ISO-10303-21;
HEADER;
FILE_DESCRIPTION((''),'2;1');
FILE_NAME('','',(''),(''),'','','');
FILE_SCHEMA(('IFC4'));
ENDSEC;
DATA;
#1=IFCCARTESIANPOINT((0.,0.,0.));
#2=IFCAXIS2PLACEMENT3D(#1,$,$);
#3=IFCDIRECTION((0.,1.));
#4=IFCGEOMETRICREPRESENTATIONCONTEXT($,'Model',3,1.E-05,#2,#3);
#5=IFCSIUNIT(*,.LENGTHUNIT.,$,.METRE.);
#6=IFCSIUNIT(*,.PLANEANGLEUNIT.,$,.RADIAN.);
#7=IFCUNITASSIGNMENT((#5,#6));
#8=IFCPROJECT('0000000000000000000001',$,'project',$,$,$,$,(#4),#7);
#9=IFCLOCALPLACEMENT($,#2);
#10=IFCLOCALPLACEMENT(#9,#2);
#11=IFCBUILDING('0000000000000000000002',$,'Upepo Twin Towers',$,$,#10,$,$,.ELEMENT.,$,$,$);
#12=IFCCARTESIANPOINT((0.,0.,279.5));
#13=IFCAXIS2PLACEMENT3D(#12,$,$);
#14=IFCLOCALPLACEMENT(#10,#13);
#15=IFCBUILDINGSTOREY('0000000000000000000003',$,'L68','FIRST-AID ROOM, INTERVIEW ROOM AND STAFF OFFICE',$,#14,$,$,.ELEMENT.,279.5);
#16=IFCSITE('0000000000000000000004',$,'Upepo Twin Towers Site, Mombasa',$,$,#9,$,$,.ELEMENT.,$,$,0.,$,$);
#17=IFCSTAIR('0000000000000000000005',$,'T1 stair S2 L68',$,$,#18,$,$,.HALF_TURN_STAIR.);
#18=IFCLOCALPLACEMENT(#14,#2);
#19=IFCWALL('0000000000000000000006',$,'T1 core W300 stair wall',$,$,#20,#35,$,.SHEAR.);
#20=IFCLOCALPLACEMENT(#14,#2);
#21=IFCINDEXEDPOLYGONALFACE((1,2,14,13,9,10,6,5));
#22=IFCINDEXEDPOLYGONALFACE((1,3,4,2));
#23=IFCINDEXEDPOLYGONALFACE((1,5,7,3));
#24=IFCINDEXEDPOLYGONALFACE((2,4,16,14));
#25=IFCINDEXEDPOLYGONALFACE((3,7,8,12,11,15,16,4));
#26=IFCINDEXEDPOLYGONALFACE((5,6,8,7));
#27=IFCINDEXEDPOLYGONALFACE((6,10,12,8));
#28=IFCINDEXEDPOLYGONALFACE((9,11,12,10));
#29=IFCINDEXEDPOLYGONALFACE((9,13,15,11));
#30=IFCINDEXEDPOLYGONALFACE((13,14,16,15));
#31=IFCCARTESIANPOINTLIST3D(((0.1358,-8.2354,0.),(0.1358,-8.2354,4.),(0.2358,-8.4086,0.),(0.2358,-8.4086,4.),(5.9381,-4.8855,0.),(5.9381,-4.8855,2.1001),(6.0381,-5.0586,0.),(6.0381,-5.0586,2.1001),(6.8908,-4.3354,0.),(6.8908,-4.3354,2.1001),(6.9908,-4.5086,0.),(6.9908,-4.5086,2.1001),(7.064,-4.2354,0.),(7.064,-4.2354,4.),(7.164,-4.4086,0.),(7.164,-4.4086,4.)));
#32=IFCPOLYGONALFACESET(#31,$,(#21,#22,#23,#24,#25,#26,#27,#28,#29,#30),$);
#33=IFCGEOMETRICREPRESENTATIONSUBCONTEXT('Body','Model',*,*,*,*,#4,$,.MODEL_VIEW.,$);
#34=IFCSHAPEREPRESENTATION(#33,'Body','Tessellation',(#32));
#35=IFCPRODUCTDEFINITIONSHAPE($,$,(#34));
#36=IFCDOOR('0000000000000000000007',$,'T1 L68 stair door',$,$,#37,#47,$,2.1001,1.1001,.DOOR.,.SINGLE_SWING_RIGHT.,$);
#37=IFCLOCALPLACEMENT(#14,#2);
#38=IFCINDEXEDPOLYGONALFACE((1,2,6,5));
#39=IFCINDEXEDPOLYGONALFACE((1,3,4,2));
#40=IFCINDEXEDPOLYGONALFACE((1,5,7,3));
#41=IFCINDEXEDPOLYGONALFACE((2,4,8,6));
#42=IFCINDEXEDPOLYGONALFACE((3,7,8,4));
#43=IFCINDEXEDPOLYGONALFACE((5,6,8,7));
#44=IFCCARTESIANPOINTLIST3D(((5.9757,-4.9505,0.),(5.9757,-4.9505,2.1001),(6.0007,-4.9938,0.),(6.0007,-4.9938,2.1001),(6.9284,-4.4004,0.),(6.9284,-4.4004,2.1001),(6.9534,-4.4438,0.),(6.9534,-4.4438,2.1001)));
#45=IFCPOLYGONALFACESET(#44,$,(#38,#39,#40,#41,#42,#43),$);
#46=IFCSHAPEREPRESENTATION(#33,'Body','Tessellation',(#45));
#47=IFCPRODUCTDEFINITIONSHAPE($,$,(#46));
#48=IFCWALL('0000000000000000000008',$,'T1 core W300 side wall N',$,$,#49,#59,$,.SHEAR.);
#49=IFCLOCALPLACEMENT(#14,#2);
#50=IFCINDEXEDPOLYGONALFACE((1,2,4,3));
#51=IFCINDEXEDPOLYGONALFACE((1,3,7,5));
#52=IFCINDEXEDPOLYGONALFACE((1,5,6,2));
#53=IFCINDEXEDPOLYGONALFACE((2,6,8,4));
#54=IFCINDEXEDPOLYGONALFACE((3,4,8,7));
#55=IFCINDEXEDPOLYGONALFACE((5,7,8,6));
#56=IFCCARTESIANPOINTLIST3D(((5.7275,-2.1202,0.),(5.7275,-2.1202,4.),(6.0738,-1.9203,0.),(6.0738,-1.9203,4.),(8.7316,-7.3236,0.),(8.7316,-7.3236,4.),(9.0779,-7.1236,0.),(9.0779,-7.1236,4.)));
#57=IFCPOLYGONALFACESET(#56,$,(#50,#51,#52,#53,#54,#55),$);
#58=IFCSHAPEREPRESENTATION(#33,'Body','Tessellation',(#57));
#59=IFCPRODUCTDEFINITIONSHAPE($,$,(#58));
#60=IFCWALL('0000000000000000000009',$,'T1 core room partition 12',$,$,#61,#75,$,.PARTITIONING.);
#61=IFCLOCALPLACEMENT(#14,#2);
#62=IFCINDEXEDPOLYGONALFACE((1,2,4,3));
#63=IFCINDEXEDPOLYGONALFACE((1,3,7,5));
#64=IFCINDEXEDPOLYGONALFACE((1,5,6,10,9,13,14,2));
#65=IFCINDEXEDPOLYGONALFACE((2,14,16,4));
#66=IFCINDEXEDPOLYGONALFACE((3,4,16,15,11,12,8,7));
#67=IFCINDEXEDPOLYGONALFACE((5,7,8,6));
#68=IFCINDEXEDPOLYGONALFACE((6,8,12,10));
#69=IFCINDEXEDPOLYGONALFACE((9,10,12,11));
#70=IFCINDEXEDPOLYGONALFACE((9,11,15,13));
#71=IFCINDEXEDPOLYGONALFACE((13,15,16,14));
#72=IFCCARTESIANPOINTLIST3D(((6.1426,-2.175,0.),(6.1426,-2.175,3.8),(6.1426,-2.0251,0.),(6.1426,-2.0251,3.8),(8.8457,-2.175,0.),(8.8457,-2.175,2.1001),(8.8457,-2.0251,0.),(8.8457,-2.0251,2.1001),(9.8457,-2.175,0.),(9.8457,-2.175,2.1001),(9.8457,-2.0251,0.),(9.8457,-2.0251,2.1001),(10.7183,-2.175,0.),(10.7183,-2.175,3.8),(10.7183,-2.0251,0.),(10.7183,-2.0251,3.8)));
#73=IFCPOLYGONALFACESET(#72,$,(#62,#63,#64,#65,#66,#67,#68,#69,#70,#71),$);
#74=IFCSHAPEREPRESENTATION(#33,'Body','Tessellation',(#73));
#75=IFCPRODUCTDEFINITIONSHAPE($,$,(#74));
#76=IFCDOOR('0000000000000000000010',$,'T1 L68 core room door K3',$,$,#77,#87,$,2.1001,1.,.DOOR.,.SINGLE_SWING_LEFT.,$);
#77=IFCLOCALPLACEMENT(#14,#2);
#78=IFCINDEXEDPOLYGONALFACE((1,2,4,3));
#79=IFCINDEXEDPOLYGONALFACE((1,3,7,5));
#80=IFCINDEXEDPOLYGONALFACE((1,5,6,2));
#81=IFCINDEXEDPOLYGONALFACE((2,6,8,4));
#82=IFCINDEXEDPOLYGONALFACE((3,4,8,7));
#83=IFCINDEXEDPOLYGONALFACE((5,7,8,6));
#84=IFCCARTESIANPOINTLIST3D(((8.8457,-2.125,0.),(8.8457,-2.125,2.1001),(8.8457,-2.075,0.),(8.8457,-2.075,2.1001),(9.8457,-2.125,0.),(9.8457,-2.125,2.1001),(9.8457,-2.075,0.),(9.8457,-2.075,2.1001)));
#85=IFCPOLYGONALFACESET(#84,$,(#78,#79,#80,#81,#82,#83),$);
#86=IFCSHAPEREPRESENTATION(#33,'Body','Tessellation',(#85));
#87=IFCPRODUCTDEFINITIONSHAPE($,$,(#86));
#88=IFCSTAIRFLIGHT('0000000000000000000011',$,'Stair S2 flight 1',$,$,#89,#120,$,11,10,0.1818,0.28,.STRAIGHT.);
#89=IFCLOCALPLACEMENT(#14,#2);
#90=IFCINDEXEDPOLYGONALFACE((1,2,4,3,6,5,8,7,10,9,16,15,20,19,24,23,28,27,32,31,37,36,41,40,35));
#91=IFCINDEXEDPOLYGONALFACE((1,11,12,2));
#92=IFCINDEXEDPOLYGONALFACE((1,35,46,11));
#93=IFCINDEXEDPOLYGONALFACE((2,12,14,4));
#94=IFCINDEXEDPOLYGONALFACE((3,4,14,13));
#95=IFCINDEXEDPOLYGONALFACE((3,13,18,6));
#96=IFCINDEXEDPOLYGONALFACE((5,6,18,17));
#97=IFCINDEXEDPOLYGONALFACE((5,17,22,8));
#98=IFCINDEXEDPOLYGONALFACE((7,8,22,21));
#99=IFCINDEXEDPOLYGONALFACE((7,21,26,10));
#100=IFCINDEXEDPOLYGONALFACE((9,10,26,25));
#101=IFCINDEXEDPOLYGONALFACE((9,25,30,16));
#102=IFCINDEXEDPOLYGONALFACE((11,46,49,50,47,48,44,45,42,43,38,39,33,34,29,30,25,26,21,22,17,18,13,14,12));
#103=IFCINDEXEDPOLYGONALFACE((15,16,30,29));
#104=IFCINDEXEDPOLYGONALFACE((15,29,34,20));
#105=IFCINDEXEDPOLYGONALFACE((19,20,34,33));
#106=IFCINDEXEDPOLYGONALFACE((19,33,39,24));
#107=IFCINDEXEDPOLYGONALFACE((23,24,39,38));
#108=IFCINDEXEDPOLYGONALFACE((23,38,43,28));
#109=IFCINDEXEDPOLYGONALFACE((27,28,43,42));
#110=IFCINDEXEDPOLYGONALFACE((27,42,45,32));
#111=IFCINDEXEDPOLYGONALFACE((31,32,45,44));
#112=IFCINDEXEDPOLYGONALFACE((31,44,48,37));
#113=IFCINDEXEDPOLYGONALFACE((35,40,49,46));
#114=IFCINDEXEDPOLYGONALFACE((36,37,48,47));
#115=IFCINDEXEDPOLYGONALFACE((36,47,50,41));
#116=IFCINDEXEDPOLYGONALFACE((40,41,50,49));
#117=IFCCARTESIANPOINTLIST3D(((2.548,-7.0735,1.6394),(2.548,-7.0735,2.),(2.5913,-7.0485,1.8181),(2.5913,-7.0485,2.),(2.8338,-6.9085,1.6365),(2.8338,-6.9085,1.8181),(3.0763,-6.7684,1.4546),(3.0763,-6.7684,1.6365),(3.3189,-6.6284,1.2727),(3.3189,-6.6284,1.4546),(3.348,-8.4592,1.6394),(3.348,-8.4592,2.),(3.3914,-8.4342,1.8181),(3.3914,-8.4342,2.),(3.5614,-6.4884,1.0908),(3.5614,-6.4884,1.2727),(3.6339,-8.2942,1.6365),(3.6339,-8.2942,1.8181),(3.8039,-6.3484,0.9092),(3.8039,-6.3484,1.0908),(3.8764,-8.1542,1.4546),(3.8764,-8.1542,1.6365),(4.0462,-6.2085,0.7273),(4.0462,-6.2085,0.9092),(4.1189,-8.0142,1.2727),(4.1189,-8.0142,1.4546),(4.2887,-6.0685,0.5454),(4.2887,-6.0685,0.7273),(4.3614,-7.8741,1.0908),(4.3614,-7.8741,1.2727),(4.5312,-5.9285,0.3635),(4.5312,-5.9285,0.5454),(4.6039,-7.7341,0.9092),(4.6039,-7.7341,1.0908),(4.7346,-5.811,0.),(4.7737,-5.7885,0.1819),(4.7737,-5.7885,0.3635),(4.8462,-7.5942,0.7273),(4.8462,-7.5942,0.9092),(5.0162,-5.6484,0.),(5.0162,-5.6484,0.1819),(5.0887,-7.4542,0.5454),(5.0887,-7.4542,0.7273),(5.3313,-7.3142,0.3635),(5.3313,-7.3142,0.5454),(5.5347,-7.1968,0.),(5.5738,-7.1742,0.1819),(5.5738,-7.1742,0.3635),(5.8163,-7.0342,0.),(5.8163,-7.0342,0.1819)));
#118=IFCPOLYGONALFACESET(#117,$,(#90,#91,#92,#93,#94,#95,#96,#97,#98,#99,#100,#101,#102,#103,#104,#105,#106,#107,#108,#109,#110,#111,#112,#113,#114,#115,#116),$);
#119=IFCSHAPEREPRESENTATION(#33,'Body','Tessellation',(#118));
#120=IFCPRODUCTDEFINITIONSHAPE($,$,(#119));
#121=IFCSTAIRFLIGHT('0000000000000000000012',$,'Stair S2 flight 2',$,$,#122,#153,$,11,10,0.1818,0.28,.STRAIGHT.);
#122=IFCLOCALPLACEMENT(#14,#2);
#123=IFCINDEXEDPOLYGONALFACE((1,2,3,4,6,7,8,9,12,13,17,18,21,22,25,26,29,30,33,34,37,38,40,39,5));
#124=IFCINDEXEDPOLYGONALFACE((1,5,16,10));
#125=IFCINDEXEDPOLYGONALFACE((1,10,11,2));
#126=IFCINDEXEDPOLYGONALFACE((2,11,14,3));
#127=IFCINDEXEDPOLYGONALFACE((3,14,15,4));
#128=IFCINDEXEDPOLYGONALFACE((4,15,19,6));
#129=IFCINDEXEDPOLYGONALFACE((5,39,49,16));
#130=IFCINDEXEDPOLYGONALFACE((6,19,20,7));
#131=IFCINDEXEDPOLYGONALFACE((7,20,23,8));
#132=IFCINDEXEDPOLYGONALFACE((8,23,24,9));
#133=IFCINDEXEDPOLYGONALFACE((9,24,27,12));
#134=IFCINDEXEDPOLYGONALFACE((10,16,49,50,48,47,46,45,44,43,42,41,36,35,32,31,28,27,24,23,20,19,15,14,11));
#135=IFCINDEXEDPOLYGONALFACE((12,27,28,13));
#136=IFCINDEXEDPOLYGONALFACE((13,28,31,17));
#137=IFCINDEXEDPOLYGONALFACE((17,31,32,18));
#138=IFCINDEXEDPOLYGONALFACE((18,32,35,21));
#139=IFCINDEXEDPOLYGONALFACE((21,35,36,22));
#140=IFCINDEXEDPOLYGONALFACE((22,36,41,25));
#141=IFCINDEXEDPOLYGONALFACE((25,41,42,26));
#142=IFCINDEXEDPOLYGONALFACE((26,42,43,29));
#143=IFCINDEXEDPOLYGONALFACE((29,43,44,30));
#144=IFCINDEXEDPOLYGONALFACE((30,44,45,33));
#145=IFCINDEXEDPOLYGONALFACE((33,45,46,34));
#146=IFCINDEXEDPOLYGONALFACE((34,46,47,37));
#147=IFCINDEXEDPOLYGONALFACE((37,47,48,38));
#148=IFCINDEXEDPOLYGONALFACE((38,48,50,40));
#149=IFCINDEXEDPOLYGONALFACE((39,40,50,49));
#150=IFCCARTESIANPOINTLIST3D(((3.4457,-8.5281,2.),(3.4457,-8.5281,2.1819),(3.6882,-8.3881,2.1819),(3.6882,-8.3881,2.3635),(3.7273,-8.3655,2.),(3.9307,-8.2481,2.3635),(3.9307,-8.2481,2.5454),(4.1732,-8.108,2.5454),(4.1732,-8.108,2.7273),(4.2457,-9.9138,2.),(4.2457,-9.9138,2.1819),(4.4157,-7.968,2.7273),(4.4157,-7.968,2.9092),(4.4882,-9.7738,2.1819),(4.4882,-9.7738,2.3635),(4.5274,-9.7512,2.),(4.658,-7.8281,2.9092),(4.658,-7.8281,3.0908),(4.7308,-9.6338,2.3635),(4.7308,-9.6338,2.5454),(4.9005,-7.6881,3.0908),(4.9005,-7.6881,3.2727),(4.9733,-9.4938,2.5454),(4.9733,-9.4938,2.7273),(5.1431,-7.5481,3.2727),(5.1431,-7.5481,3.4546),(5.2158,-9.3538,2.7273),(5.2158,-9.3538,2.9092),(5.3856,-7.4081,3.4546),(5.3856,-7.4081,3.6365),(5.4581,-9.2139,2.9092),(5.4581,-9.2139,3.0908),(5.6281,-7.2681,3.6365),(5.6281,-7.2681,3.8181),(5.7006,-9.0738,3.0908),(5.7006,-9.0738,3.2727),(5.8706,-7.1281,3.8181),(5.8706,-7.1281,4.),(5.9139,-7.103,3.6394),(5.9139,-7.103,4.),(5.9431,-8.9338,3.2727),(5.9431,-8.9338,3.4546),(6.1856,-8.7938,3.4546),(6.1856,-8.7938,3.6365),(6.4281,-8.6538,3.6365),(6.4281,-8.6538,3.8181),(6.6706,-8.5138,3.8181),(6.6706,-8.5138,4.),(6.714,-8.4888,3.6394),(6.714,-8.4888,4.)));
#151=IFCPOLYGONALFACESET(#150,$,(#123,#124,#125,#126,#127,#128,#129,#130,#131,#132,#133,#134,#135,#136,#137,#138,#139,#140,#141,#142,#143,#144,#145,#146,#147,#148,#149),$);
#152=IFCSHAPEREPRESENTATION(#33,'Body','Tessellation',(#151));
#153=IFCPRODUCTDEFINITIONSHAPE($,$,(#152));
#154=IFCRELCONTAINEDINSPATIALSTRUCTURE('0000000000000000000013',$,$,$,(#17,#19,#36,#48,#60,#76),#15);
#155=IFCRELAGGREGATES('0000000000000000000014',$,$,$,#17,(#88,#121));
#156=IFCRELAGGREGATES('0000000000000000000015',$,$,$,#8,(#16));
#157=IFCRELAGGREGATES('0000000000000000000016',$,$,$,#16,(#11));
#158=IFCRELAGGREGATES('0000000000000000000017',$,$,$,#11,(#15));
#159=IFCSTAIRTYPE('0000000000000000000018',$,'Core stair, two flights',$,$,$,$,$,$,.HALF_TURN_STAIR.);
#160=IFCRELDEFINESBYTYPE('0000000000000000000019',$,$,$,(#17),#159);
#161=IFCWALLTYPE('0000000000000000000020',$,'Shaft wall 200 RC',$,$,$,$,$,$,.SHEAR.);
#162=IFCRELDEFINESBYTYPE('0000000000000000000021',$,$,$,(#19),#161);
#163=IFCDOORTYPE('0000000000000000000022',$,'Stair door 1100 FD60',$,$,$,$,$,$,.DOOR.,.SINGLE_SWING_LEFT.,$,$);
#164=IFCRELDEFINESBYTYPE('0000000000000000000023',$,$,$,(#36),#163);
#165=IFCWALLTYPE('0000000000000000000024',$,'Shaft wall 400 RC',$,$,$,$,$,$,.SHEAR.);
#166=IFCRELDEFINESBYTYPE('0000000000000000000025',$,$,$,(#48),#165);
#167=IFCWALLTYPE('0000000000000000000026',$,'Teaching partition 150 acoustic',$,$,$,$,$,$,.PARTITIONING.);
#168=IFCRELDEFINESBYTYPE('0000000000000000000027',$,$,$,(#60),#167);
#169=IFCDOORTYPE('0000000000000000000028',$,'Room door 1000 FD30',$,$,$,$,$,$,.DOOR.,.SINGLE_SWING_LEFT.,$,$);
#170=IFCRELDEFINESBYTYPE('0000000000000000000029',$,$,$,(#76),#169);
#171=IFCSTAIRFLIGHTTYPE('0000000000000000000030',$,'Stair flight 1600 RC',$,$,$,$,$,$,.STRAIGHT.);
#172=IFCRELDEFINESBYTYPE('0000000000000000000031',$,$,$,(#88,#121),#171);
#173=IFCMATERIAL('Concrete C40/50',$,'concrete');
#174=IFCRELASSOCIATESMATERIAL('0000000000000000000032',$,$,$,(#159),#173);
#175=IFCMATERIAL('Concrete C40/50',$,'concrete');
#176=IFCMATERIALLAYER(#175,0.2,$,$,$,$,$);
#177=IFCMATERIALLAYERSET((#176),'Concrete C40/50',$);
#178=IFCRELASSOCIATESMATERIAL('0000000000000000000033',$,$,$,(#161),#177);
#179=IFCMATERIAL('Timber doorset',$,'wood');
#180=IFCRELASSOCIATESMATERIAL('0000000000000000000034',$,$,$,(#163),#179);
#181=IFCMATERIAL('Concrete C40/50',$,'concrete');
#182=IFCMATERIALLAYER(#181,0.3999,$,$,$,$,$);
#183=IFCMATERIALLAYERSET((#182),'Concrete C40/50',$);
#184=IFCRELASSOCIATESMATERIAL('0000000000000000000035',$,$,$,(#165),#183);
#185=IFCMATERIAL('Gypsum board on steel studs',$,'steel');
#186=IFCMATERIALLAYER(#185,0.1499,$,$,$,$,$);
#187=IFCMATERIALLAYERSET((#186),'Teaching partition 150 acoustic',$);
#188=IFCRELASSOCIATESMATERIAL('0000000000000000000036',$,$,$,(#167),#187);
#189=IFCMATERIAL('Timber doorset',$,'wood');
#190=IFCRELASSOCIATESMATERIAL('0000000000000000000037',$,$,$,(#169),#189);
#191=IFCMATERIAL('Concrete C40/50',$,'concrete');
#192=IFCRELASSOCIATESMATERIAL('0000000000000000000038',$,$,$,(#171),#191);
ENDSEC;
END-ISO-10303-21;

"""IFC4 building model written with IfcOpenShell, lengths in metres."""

from ifc_helpers import new_model, si_unit, direction, frame, frame_2d, origin, place, context, subcontext, project, spatial, polyline, rectangle, outline, extrude, material, layer, layer_set, type_object, element, fill, aggregate, save


model = new_model("IFC4")

# Units and contexts
model_context = context("Model", 3, precision=1e-05, world=origin(), true_north=direction((0.0, 1.0)))
body_context = subcontext(model_context, "Body", "Model", "MODEL_VIEW")
ifc_project = project(units=[si_unit("LENGTHUNIT", "METRE"), si_unit("PLANEANGLEUNIT", "RADIAN")], contexts=[model_context])

# Site, building, storey
site_placement = place(None, origin())
site = spatial("IfcSite", under=ifc_project, at=site_placement, Name="Upepo Twin Towers Site, Mombasa", CompositionType="ELEMENT", RefElevation=0.0)
building_placement = place(site_placement, origin())
building = spatial("IfcBuilding", under=site, at=building_placement, Name="Upepo Twin Towers", CompositionType="ELEMENT")
storey_placement = place(building_placement, frame((0.0, 0.0, 279.5)))
storey = spatial("IfcBuildingStorey", under=building, at=storey_placement, Name="L68", Description="FIRST-AID ROOM, INTERVIEW ROOM AND STAFF OFFICE", CompositionType="ELEMENT", Elevation=279.5)

# Shared definitions
ifc_material_1 = material(Name="Concrete C40/50", Category="concrete")
stair_type = type_object("IfcStairType", Name="Core stair, two flights", PredefinedType="HALF_TURN_STAIR", material=ifc_material_1)

# Stair
stair_1_placement = place(storey_placement, origin())
stair_1 = element("IfcStair", 1, at=stair_1_placement, inside=storey, type_object=stair_type, Name="T1 stair S2 L68", PredefinedType="HALF_TURN_STAIR")

# Shared definitions
ifc_material_2 = material(Name="Concrete C40/50", Category="concrete")
ifc_layer_1 = layer(ifc_material_2, 0.2)
ifc_layer_set_1 = layer_set([ifc_layer_1], Name="Concrete C40/50")
wall_type_1 = type_object("IfcWallType", Name="Shaft wall 200 RC", PredefinedType="SHEAR", material=ifc_layer_set_1)

# Wall, opening, door
wall_1_placement = place(storey_placement, frame((0.1858, -8.322, 0.0), z_axis=(0.0, 0.0, 1.0), x_axis=(0.866026, 0.499999, 0.0)))
wall_1 = element("IfcWall", 2, at=wall_1_placement, inside=storey, type_object=wall_type_1, Name="T1 core W300 stair wall", PredefinedType="SHEAR", context=body_context, shape_type="SweptSolid", body=[
    extrude(rectangle(XDim=8.0, YDim=0.2, at=frame_2d((4.0, 0.0))), origin(), (0.0, 0.0, 1.0), 4.0),
])
opening_1_placement = place(wall_1_placement, frame((6.7, 0.0, 0.0)))
opening_1 = element("IfcOpeningElement", 3, at=opening_1_placement, cuts=wall_1, PredefinedType="OPENING", context=body_context, shape_type="SweptSolid", body=[
    extrude(rectangle(XDim=1.1001, YDim=2.1001, at=frame_2d((0.55, 1.05))), frame((0.0, 0.1099, 0.0), z_axis=(0.0, -1.0, 0.0), x_axis=(1.0, 0.0, 0.0)), (0.0, 0.0, 1.0), 0.22),
])
ifc_material_3 = material(Name="Timber doorset", Category="wood")
door_type_1 = type_object("IfcDoorType", Name="Stair door 1100 FD60", OperationType="SINGLE_SWING_LEFT", PredefinedType="DOOR", material=ifc_material_3)
door_1_placement = place(opening_1_placement, origin())
door_1 = element("IfcDoor", 4, at=door_1_placement, inside=storey, type_object=door_type_1, Name="T1 L68 stair door", OperationType="SINGLE_SWING_RIGHT", OverallHeight=2.1001, OverallWidth=1.1001, PredefinedType="DOOR", context=body_context, shape_type="SweptSolid", body=[
    extrude(rectangle(XDim=1.1001, YDim=2.1001, at=frame_2d((0.55, 1.05))), frame((0.0, 0.0249, 0.0), z_axis=(0.0, -1.0, 0.0), x_axis=(1.0, 0.0, 0.0)), (0.0, 0.0, 1.0), 0.05),
])
fill(opening_1, door_1)

# Wall
ifc_material_4 = material(Name="Concrete C40/50", Category="concrete")
ifc_layer_2 = layer(ifc_material_4, 0.3999)
ifc_layer_set_2 = layer_set([ifc_layer_2], Name="Concrete C40/50")
wall_type_2 = type_object("IfcWallType", Name="Shaft wall 400 RC", PredefinedType="SHEAR", material=ifc_layer_set_2)
wall_2_placement = place(storey_placement, frame((5.9006, -2.0203, 0.0), z_axis=(0.0, 0.0, 1.0), x_axis=(0.499998, -0.866027, 0.0)))
element("IfcWall", 5, at=wall_2_placement, inside=storey, type_object=wall_type_2, Name="T1 core W300 side wall N", PredefinedType="SHEAR", context=body_context, shape_type="SweptSolid", body=[
    extrude(rectangle(XDim=6.0083, YDim=0.3999, at=frame_2d((3.0042, 0.0))), origin(), (0.0, 0.0, 1.0), 4.0),
])

# Wall, opening, door
ifc_material_5 = material(Name="Gypsum board on steel studs", Category="steel")
ifc_layer_3 = layer(ifc_material_5, 0.1499)
ifc_layer_set_3 = layer_set([ifc_layer_3], Name="Teaching partition 150 acoustic")
wall_type_3 = type_object("IfcWallType", Name="Teaching partition 150 acoustic", PredefinedType="PARTITIONING", material=ifc_layer_set_3)
wall_3_placement = place(storey_placement, frame((10.7183, -2.1001, 0.0), z_axis=(0.0, 0.0, 1.0), x_axis=(-1.0, 0.0, 0.0)))
wall_3 = element("IfcWall", 6, at=wall_3_placement, inside=storey, type_object=wall_type_3, Name="T1 core room partition 12", PredefinedType="PARTITIONING", context=body_context, shape_type="SweptSolid", body=[
    extrude(rectangle(XDim=4.5757, YDim=0.1499, at=frame_2d((2.2878, 0.0))), origin(), (0.0, 0.0, 1.0), 3.8),
])
opening_2_placement = place(wall_3_placement, frame((0.8726, 0.0, 0.0)))
opening_2 = element("IfcOpeningElement", 7, at=opening_2_placement, cuts=wall_3, PredefinedType="OPENING", context=body_context, shape_type="SweptSolid", body=[
    extrude(rectangle(XDim=1.0, YDim=2.1001, at=frame_2d((0.5, 1.05))), frame((0.0, 0.085, 0.0), z_axis=(0.0, -1.0, 0.0), x_axis=(1.0, 0.0, 0.0)), (0.0, 0.0, 1.0), 0.1699),
])
ifc_material_6 = material(Name="Timber doorset", Category="wood")
door_type_2 = type_object("IfcDoorType", Name="Room door 1000 FD30", OperationType="SINGLE_SWING_LEFT", PredefinedType="DOOR", material=ifc_material_6)
door_2_placement = place(opening_2_placement, origin())
door_2 = element("IfcDoor", 8, at=door_2_placement, inside=storey, type_object=door_type_2, Name="T1 L68 core room door K3", OperationType="SINGLE_SWING_LEFT", OverallHeight=2.1001, OverallWidth=1.0, PredefinedType="DOOR", context=body_context, shape_type="SweptSolid", body=[
    extrude(rectangle(XDim=1.0, YDim=2.1001, at=frame_2d((0.5, 1.05))), frame((0.0, 0.0249, 0.0), z_axis=(0.0, -1.0, 0.0), x_axis=(1.0, 0.0, 0.0)), (0.0, 0.0, 1.0), 0.05),
])
fill(opening_2, door_2)

# Stair flights
ifc_material_7 = material(Name="Concrete C40/50", Category="concrete")
stair_flight_type = type_object("IfcStairFlightType", Name="Stair flight 1600 RC", PredefinedType="STRAIGHT", material=ifc_material_7)
stair_flight_1_placement = place(storey_placement, frame((5.4163, -6.3413, 0.0), z_axis=(0.0, 0.0, 1.0), x_axis=(-0.866025, -0.5, 0.0)))
stair_flight_1 = element("IfcStairFlight", 9, at=stair_flight_1_placement, type_object=stair_flight_type, Name="Stair S2 flight 1", NumberOfRisers=11, NumberOfTreads=10, PredefinedType="STRAIGHT", RiserHeight=0.1818, TreadLength=0.28, context=body_context, shape_type="SweptSolid", body=[
    extrude(outline(polyline([(0.0, 0.0), (0.0, 0.1819), (0.28, 0.1819), (0.28, 0.3635), (0.5601, 0.3635), (0.5601, 0.5454), (0.8401, 0.5454), (0.8401, 0.7273), (1.1201, 0.7273), (1.1201, 0.9092), (1.3999, 0.9092), (1.3999, 1.0908), (1.6799, 1.0908), (1.6799, 1.2727), (1.96, 1.2727), (1.96, 1.4546), (2.24, 1.4546), (2.24, 1.6365), (2.52, 1.6365), (2.52, 1.8181), (2.8, 1.8181), (2.8, 2.0), (2.8501, 2.0), (2.8501, 1.6394), (0.3252, 0.0), (0.0, 0.0)])), frame((0.0, 0.8, 0.0), z_axis=(0.0, -1.0, 0.0), x_axis=(1.0, 0.0, 0.0)), (0.0, 0.0, 1.0), 1.6001),
])
stair_flight_2_placement = place(storey_placement, frame((3.8457, -9.2209, 2.0), z_axis=(0.0, 0.0, 1.0), x_axis=(0.866025, 0.5, 0.0)))
stair_flight_2 = element("IfcStairFlight", 10, at=stair_flight_2_placement, type_object=stair_flight_type, Name="Stair S2 flight 2", NumberOfRisers=11, NumberOfTreads=10, PredefinedType="STRAIGHT", RiserHeight=0.1818, TreadLength=0.28, context=body_context, shape_type="SweptSolid", body=[
    extrude(outline(polyline([(0.0, 0.0), (0.0, 0.1819), (0.28, 0.1819), (0.28, 0.3635), (0.5601, 0.3635), (0.5601, 0.5454), (0.8401, 0.5454), (0.8401, 0.7273), (1.1201, 0.7273), (1.1201, 0.9092), (1.3999, 0.9092), (1.3999, 1.0908), (1.6799, 1.0908), (1.6799, 1.2727), (1.96, 1.2727), (1.96, 1.4546), (2.24, 1.4546), (2.24, 1.6365), (2.52, 1.6365), (2.52, 1.8181), (2.8, 1.8181), (2.8, 2.0), (2.8501, 2.0), (2.8501, 1.6394), (0.3252, 0.0), (0.0, 0.0)])), frame((0.0, 0.8, 0.0), z_axis=(0.0, -1.0, 0.0), x_axis=(1.0, 0.0, 0.0)), (0.0, 0.0, 1.0), 1.6001),
])
aggregate(stair_1, [stair_flight_1, stair_flight_2])

save(model, "model.ifc")
